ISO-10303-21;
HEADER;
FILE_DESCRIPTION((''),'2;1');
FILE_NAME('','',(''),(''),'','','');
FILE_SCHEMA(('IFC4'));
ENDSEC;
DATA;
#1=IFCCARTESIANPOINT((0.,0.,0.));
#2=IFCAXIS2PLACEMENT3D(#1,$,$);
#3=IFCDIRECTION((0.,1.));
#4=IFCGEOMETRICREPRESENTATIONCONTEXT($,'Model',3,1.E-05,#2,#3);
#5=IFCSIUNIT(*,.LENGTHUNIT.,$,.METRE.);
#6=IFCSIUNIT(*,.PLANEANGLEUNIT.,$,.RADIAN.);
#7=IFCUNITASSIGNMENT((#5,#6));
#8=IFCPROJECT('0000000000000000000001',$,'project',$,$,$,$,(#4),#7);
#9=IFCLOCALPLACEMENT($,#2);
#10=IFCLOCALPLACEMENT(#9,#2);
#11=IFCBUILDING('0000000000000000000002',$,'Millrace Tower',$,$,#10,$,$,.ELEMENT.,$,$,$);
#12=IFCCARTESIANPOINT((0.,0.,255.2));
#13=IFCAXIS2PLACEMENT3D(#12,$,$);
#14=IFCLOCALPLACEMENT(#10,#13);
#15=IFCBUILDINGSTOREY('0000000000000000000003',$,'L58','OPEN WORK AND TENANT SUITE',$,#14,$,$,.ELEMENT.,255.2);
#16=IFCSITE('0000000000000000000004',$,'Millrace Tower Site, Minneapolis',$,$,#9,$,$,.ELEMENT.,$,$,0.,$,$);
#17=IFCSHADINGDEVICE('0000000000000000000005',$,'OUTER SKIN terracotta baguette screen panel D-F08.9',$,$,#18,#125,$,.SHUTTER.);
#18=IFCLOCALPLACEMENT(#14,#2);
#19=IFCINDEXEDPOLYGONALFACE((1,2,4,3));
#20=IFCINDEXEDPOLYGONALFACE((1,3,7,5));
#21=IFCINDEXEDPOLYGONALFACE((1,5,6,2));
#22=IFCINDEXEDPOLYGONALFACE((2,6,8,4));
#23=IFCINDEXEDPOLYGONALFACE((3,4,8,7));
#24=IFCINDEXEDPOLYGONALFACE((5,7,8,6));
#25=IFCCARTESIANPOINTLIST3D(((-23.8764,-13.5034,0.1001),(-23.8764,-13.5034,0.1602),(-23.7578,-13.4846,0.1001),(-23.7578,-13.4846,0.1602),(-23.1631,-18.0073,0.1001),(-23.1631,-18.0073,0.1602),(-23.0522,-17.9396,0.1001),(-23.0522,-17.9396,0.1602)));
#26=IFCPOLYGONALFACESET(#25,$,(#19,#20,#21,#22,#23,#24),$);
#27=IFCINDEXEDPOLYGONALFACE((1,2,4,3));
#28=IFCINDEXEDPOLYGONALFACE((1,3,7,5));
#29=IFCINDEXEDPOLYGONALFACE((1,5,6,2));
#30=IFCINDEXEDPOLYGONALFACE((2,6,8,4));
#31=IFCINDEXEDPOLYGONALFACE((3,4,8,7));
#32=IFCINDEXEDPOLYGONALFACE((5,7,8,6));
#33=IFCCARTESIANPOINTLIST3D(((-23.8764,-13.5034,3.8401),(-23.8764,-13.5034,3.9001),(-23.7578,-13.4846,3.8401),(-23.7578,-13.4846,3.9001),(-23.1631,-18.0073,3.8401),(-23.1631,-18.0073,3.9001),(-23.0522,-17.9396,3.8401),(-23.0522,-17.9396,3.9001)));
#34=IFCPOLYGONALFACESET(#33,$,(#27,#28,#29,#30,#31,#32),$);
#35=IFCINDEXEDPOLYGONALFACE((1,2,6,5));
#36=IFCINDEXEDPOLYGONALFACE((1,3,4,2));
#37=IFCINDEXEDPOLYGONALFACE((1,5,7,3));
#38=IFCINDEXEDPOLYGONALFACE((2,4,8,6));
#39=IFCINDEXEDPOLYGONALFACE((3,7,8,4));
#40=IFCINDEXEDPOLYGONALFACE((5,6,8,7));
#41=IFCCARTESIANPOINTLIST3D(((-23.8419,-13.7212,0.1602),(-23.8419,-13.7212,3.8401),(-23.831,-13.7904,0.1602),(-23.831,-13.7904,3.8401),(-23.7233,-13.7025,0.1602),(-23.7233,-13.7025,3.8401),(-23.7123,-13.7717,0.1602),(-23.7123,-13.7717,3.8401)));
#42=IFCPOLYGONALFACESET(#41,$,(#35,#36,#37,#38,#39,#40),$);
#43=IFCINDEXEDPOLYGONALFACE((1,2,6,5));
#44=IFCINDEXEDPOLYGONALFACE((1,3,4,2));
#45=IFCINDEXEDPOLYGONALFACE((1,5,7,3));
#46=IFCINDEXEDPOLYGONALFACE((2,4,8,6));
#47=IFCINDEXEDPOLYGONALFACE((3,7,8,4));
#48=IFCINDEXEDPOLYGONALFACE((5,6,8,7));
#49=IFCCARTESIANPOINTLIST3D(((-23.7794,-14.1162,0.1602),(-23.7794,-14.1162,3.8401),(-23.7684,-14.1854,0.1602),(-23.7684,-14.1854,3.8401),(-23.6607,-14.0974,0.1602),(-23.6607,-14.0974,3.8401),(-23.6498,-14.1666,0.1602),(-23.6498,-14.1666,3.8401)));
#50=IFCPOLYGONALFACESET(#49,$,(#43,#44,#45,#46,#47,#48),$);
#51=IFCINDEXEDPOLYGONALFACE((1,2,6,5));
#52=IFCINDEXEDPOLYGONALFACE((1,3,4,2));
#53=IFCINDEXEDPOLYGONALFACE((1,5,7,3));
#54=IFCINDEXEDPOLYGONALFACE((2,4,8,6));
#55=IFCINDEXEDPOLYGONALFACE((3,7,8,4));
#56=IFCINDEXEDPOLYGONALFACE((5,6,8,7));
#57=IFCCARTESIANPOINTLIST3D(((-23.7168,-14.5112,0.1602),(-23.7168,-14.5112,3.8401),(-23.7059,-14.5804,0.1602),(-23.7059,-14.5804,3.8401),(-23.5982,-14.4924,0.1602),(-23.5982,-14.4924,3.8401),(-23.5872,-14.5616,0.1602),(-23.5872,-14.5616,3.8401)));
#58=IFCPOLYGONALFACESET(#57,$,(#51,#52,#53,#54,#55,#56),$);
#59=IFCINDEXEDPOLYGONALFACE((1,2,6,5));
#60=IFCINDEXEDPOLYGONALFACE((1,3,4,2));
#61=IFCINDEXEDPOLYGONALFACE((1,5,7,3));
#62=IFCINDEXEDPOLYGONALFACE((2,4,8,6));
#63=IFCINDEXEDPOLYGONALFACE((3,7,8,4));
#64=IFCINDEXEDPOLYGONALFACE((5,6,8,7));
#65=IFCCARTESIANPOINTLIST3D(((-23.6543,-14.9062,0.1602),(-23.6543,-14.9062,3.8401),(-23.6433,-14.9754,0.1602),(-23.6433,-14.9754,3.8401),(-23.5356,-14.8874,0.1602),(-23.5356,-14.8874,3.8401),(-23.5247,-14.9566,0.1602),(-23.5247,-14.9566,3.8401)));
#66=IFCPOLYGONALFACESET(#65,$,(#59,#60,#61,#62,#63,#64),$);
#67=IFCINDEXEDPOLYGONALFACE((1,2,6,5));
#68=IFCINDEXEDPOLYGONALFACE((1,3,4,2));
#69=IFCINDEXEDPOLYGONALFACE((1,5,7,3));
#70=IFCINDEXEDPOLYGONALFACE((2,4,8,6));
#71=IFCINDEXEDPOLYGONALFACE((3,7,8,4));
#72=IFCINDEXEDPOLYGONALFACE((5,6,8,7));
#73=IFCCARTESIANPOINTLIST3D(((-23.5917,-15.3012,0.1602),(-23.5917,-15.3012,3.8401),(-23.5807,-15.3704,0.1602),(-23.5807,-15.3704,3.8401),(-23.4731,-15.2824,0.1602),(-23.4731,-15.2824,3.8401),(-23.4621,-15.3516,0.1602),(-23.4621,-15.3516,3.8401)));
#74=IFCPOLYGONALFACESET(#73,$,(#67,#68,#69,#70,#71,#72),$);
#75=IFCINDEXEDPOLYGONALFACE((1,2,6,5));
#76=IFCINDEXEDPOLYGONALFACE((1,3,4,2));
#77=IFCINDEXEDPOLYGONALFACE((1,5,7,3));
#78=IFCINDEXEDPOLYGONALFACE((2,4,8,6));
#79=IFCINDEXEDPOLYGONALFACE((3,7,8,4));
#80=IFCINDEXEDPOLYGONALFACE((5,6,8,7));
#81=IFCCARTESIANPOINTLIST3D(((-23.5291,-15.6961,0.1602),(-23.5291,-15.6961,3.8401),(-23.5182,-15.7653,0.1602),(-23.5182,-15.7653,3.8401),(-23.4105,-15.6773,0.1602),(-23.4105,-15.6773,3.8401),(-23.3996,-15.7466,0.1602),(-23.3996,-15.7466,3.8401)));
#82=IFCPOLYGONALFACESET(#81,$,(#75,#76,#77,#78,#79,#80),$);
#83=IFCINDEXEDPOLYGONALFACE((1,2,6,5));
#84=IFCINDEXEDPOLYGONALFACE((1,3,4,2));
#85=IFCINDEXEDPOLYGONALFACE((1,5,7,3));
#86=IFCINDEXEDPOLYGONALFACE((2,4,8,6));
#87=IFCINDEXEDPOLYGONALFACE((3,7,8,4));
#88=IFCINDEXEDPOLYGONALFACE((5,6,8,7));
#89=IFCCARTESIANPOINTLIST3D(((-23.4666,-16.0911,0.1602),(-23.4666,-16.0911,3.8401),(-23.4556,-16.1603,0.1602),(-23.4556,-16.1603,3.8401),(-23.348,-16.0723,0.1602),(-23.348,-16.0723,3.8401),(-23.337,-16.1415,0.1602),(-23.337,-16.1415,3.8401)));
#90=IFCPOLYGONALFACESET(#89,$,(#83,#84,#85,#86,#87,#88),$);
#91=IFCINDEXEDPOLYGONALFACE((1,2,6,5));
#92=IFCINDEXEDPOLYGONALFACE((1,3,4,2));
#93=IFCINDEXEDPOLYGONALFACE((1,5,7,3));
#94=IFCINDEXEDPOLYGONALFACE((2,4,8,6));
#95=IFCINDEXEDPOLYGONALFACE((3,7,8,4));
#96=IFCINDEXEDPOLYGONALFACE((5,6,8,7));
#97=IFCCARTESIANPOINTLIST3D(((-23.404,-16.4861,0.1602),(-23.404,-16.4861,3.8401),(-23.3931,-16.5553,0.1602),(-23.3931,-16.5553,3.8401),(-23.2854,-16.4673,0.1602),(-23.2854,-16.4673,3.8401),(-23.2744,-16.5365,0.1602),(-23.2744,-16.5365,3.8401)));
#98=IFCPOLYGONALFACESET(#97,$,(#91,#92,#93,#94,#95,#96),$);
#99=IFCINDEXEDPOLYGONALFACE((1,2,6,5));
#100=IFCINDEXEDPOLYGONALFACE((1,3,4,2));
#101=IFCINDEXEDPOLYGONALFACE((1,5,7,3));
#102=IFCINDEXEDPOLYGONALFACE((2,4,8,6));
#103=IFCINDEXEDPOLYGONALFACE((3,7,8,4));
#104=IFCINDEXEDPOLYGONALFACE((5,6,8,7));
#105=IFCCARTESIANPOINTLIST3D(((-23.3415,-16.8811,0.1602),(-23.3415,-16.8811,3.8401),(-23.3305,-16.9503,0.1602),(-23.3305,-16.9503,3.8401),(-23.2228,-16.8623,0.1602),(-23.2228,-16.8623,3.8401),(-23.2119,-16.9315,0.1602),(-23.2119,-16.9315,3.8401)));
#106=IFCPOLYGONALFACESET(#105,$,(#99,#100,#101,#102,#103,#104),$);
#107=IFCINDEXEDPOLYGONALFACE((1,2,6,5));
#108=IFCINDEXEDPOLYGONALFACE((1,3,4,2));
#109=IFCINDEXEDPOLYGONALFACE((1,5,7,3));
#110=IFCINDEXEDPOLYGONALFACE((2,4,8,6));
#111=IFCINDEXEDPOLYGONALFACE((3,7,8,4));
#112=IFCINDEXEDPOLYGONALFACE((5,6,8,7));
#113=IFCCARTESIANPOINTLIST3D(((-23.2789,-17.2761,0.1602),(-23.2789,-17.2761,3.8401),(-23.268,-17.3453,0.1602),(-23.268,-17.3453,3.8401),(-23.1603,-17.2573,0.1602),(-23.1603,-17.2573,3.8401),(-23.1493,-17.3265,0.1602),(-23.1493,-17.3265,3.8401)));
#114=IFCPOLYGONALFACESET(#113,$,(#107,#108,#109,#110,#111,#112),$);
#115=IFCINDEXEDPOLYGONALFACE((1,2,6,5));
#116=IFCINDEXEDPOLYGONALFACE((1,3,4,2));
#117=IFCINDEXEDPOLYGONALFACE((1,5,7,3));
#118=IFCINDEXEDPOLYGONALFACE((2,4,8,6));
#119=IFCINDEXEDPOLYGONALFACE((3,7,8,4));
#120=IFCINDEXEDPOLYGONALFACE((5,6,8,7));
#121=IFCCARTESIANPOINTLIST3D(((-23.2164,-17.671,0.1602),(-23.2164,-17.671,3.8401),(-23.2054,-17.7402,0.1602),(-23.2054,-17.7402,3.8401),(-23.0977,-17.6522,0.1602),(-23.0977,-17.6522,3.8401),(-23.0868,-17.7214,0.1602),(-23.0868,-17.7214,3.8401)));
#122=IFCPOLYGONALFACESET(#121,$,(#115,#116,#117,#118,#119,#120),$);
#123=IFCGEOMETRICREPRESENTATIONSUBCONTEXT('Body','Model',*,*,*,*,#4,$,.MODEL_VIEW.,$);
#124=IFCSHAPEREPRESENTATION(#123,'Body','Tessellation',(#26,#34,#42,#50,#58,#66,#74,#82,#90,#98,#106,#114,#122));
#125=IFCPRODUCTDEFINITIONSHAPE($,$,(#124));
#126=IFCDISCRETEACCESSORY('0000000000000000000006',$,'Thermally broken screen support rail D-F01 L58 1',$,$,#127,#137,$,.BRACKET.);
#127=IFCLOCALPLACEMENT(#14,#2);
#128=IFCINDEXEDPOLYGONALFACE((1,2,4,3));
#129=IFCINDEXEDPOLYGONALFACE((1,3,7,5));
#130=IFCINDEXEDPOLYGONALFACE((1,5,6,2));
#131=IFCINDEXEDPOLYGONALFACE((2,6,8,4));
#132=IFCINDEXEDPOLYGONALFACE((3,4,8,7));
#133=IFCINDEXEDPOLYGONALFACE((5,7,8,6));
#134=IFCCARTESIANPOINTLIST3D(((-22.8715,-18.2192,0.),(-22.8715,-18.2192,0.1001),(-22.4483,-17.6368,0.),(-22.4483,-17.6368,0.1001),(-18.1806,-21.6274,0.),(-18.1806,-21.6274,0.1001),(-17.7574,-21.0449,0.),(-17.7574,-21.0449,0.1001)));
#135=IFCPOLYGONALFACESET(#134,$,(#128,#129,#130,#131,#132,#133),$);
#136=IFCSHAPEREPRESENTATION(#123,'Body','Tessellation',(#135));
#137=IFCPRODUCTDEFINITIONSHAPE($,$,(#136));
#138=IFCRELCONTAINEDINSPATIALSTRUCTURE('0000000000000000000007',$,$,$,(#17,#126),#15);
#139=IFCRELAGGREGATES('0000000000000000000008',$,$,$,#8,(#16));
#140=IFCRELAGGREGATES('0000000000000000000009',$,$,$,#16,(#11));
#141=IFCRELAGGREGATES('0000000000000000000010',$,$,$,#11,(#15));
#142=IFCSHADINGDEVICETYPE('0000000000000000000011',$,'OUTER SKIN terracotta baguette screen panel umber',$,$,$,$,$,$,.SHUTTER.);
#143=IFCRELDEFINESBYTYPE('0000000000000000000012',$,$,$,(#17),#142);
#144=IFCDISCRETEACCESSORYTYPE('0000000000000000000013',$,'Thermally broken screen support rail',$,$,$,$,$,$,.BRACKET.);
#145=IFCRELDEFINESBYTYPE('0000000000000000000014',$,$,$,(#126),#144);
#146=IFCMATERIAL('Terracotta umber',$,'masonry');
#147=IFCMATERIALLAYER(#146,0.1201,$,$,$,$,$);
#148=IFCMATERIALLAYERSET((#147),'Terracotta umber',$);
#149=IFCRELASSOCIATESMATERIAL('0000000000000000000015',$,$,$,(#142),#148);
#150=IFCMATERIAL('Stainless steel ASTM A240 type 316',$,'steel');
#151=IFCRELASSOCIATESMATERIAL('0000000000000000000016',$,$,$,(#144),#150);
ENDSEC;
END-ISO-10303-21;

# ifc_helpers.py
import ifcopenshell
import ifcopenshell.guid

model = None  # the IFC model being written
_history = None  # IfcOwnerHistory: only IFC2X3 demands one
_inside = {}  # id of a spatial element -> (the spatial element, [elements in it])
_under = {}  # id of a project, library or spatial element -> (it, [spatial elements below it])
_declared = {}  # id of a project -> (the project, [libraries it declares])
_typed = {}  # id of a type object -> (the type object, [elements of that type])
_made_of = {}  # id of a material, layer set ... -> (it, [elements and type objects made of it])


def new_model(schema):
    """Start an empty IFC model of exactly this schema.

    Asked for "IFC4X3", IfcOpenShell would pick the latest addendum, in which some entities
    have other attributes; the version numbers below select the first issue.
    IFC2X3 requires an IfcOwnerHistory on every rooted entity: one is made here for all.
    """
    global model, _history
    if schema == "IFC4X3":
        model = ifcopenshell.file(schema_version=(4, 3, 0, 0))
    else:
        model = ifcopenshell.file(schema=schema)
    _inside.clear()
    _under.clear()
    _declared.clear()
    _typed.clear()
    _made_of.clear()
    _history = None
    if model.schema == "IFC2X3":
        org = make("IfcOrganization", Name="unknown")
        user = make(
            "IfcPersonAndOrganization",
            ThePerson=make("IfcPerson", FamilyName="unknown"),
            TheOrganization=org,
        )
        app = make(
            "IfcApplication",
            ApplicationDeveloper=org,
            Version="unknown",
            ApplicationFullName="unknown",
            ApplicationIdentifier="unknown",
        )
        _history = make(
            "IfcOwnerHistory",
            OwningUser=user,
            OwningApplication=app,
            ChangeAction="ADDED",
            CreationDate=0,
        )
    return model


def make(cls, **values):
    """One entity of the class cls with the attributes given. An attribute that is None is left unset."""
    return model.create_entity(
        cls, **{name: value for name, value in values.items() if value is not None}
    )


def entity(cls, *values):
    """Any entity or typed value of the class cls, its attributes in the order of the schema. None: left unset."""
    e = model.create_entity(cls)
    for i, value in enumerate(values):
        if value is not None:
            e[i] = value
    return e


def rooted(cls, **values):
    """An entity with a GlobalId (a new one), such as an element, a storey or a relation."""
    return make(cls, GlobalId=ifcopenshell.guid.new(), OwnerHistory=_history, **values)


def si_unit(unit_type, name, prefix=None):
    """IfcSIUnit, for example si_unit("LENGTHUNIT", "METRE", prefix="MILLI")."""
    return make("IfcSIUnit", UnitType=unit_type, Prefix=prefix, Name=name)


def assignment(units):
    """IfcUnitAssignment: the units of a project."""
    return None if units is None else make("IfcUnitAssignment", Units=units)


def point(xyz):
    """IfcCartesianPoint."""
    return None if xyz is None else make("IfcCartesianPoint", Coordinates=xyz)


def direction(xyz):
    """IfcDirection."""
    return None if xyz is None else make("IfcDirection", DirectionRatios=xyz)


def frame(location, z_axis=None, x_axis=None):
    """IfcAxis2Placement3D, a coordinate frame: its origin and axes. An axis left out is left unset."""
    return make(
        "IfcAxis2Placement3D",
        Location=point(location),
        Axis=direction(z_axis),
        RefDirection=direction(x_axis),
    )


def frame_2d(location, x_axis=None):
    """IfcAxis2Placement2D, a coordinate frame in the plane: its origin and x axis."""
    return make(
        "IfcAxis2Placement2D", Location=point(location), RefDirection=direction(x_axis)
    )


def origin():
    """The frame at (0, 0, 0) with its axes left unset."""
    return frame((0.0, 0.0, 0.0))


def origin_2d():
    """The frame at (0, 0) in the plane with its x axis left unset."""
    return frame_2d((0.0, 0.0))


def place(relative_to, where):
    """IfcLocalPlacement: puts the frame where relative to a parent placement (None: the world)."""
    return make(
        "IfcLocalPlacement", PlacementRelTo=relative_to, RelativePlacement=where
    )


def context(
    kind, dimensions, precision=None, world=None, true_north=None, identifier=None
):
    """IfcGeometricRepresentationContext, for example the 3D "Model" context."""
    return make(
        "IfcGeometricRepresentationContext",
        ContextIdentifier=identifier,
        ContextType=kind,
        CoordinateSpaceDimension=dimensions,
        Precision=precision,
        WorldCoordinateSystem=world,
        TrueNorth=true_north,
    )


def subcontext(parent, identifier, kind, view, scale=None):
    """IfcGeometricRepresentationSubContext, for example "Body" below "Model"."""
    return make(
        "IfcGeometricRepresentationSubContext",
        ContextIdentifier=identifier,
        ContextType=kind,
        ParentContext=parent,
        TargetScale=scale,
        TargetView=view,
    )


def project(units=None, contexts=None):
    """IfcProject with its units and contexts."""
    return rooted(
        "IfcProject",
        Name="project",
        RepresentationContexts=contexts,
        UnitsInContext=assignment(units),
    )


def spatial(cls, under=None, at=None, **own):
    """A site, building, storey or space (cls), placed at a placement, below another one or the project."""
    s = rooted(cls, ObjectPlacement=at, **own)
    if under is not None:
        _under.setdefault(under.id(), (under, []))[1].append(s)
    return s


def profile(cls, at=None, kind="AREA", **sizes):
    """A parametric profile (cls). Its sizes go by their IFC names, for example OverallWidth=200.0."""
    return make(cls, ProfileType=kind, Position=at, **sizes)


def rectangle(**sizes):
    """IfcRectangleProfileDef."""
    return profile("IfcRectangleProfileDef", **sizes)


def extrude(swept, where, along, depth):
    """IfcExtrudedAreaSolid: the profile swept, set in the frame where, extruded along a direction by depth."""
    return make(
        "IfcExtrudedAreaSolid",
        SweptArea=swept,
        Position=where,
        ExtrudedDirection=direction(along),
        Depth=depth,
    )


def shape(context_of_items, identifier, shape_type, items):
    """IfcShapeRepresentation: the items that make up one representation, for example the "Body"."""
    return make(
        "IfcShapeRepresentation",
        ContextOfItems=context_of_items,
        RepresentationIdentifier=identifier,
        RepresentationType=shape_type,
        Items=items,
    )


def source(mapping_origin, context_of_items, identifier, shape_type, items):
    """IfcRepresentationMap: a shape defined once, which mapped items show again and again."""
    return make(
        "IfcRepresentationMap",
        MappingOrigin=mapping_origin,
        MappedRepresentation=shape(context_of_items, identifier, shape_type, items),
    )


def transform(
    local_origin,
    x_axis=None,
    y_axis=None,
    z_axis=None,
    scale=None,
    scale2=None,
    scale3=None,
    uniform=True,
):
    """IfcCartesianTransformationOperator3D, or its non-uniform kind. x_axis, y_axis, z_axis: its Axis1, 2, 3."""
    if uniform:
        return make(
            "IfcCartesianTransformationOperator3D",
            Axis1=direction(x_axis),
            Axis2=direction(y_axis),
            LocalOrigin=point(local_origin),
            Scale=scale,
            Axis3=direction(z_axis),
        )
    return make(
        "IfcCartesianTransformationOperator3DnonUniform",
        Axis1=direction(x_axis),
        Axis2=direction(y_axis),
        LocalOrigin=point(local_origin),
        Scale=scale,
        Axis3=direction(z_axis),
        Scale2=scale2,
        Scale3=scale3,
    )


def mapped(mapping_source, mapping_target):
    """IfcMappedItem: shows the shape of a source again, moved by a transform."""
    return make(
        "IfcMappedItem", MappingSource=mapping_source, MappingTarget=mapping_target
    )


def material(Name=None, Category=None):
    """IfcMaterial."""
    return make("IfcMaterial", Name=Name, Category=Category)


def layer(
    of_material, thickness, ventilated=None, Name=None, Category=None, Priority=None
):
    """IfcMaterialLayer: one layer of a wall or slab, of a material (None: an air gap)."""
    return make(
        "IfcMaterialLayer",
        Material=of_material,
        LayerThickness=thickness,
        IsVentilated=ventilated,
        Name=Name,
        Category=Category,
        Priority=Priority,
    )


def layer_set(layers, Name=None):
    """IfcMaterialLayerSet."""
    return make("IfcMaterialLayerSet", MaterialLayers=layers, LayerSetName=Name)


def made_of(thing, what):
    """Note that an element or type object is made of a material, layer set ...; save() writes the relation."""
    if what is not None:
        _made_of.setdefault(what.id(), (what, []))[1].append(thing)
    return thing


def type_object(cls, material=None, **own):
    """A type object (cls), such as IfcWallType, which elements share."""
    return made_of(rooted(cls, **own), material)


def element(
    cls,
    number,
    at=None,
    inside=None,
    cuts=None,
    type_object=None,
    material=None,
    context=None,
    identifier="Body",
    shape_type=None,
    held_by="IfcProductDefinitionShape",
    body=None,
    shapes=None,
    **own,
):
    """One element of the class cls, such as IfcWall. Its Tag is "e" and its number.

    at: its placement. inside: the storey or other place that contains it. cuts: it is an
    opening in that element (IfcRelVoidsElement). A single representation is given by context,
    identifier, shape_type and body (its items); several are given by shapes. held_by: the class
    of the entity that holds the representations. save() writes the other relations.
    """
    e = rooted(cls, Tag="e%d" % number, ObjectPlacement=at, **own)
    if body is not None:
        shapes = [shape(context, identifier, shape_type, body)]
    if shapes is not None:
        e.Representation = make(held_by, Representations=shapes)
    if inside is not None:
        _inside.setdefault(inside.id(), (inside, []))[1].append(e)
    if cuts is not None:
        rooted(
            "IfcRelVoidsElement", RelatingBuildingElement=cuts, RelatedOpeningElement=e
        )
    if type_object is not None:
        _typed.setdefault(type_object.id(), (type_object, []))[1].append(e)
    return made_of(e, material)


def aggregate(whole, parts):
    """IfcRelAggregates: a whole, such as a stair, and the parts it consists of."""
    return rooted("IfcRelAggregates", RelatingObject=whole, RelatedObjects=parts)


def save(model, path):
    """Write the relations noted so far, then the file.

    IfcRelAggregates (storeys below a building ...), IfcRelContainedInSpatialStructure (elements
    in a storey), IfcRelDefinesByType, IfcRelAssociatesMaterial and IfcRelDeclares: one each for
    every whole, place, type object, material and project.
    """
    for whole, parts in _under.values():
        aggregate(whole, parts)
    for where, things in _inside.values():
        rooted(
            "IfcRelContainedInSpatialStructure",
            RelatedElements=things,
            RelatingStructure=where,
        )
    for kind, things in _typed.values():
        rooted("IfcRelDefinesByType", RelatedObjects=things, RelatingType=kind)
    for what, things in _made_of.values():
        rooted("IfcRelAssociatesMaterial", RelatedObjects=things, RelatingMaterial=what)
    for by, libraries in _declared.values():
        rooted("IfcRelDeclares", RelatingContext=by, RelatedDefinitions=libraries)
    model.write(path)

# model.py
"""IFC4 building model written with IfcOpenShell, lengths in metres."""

from ifc_helpers import new_model, entity, si_unit, direction, frame, frame_2d, origin, origin_2d, place, context, subcontext, project, spatial, rectangle, extrude, source, transform, mapped, material, layer, layer_set, type_object, element, save


model = new_model("IFC4")

# Units and contexts
model_context = context("Model", 3, precision=1e-05, world=origin(), true_north=direction((0.0, 1.0)))
body_context = subcontext(model_context, "Body", "Model", "MODEL_VIEW")
ifc_project = project(units=[si_unit("LENGTHUNIT", "METRE"), si_unit("PLANEANGLEUNIT", "RADIAN")], contexts=[model_context])

# Site, building, storey
site_placement = place(None, origin())
site = spatial("IfcSite", under=ifc_project, at=site_placement, Name="Millrace Tower Site, Minneapolis", CompositionType="ELEMENT", RefElevation=0.0)
building_placement = place(site_placement, origin())
building = spatial("IfcBuilding", under=site, at=building_placement, Name="Millrace Tower", CompositionType="ELEMENT")
storey_placement = place(building_placement, frame((0.0, 0.0, 255.2)))
storey = spatial("IfcBuildingStorey", under=building, at=storey_placement, Name="L58", Description="OPEN WORK AND TENANT SUITE", CompositionType="ELEMENT", Elevation=255.2)

# Shading device
ifc_material_1 = material(Name="Terracotta umber", Category="masonry")
ifc_layer_1 = layer(ifc_material_1, 0.1201)
ifc_layer_set_1 = layer_set([ifc_layer_1], Name="Terracotta umber")
shading_device_type = type_object("IfcShadingDeviceType", Name="OUTER SKIN terracotta baguette screen panel umber", PredefinedType="SHUTTER", material=ifc_layer_set_1)
cartesian_point_1 = entity("IfcCartesianPoint", [-2.2676, 0.0601])
shared_polyline_1 = entity("IfcPolyline", [cartesian_point_1, entity("IfcCartesianPoint", [2.2429, 0.0601]), entity("IfcCartesianPoint", [2.2925, -0.0601]), entity("IfcCartesianPoint", [-2.2676, -0.0601]), cartesian_point_1])
shared_shape_1 = source(origin(), body_context, "Body", "SweptSolid", [
    entity("IfcExtrudedAreaSolid", entity("IfcArbitraryClosedProfileDef", "AREA", None, shared_polyline_1), entity("IfcAxis2Placement3D", entity("IfcCartesianPoint", [0.0, 0.0, 0.0])), entity("IfcDirection", [0.0, 0.0, 1.0]), 0.0601),
    entity("IfcExtrudedAreaSolid", entity("IfcArbitraryClosedProfileDef", "AREA", None, shared_polyline_1), entity("IfcAxis2Placement3D", entity("IfcCartesianPoint", [0.0, 0.0, 3.74])), entity("IfcDirection", [0.0, 0.0, 1.0]), 0.0601),
    extrude(rectangle(XDim=0.0701, YDim=0.1201, at=frame_2d((-2.012, 0.0))), frame((0.0, 0.0, 0.0601)), (0.0, 0.0, 1.0), 3.6799),
    extrude(rectangle(XDim=0.0701, YDim=0.1201, at=frame_2d((-1.6121, 0.0))), frame((0.0, 0.0, 0.0601)), (0.0, 0.0, 1.0), 3.6799),
    extrude(rectangle(XDim=0.0701, YDim=0.1201, at=frame_2d((-1.2122, 0.0))), frame((0.0, 0.0, 0.0601)), (0.0, 0.0, 1.0), 3.6799),
    extrude(rectangle(XDim=0.0701, YDim=0.1201, at=frame_2d((-0.8123, 0.0))), frame((0.0, 0.0, 0.0601)), (0.0, 0.0, 1.0), 3.6799),
    extrude(rectangle(XDim=0.0701, YDim=0.1201, at=frame_2d((-0.4124, 0.0))), frame((0.0, 0.0, 0.0601)), (0.0, 0.0, 1.0), 3.6799),
    extrude(rectangle(XDim=0.0701, YDim=0.1201, at=frame_2d((-0.0125, 0.0))), frame((0.0, 0.0, 0.0601)), (0.0, 0.0, 1.0), 3.6799),
    extrude(rectangle(XDim=0.0701, YDim=0.1201, at=frame_2d((0.3875, 0.0))), frame((0.0, 0.0, 0.0601)), (0.0, 0.0, 1.0), 3.6799),
    extrude(rectangle(XDim=0.0701, YDim=0.1201, at=frame_2d((0.7874, 0.0))), frame((0.0, 0.0, 0.0601)), (0.0, 0.0, 1.0), 3.6799),
    extrude(rectangle(XDim=0.0701, YDim=0.1201, at=frame_2d((1.1873, 0.0))), frame((0.0, 0.0, 0.0601)), (0.0, 0.0, 1.0), 3.6799),
    extrude(rectangle(XDim=0.0701, YDim=0.1201, at=frame_2d((1.5872, 0.0))), frame((0.0, 0.0, 0.0601)), (0.0, 0.0, 1.0), 3.6799),
    extrude(rectangle(XDim=0.0701, YDim=0.1201, at=frame_2d((1.9871, 0.0))), frame((0.0, 0.0, 0.0601)), (0.0, 0.0, 1.0), 3.6799),
])
shading_device_1_placement = place(storey_placement, frame((-23.4624, -15.7336, 0.1001), z_axis=(0.0, 0.0, 1.0), x_axis=(0.156434, -0.987688, 0.0)))
element("IfcShadingDevice", 1, at=shading_device_1_placement, inside=storey, type_object=shading_device_type, Name="OUTER SKIN terracotta baguette screen panel D-F08.9", PredefinedType="SHUTTER", context=body_context, shape_type="MappedRepresentation", body=[
    mapped(shared_shape_1, transform((0.0, 0.0, 0.0), scale=1.0)),
])

# Discrete accessory
ifc_material_2 = material(Name="Stainless steel ASTM A240 type 316", Category="steel")
discrete_accessory_type = type_object("IfcDiscreteAccessoryType", Name="Thermally broken screen support rail", PredefinedType="BRACKET", material=ifc_material_2)
discrete_accessory_placement = place(storey_placement, frame((-20.3145, -19.6321, 0.0), z_axis=(0.0, 0.0, 1.0), x_axis=(0.809017, -0.587785, 0.0)))
element("IfcDiscreteAccessory", 2, at=discrete_accessory_placement, inside=storey, type_object=discrete_accessory_type, Name="Thermally broken screen support rail D-F01 L58 1", PredefinedType="BRACKET", context=body_context, shape_type="SweptSolid", body=[
    extrude(rectangle(XDim=5.7983, YDim=0.72, at=origin_2d()), origin(), (0.0, 0.0, 1.0), 0.1001),
])

save(model, "model.ifc")
